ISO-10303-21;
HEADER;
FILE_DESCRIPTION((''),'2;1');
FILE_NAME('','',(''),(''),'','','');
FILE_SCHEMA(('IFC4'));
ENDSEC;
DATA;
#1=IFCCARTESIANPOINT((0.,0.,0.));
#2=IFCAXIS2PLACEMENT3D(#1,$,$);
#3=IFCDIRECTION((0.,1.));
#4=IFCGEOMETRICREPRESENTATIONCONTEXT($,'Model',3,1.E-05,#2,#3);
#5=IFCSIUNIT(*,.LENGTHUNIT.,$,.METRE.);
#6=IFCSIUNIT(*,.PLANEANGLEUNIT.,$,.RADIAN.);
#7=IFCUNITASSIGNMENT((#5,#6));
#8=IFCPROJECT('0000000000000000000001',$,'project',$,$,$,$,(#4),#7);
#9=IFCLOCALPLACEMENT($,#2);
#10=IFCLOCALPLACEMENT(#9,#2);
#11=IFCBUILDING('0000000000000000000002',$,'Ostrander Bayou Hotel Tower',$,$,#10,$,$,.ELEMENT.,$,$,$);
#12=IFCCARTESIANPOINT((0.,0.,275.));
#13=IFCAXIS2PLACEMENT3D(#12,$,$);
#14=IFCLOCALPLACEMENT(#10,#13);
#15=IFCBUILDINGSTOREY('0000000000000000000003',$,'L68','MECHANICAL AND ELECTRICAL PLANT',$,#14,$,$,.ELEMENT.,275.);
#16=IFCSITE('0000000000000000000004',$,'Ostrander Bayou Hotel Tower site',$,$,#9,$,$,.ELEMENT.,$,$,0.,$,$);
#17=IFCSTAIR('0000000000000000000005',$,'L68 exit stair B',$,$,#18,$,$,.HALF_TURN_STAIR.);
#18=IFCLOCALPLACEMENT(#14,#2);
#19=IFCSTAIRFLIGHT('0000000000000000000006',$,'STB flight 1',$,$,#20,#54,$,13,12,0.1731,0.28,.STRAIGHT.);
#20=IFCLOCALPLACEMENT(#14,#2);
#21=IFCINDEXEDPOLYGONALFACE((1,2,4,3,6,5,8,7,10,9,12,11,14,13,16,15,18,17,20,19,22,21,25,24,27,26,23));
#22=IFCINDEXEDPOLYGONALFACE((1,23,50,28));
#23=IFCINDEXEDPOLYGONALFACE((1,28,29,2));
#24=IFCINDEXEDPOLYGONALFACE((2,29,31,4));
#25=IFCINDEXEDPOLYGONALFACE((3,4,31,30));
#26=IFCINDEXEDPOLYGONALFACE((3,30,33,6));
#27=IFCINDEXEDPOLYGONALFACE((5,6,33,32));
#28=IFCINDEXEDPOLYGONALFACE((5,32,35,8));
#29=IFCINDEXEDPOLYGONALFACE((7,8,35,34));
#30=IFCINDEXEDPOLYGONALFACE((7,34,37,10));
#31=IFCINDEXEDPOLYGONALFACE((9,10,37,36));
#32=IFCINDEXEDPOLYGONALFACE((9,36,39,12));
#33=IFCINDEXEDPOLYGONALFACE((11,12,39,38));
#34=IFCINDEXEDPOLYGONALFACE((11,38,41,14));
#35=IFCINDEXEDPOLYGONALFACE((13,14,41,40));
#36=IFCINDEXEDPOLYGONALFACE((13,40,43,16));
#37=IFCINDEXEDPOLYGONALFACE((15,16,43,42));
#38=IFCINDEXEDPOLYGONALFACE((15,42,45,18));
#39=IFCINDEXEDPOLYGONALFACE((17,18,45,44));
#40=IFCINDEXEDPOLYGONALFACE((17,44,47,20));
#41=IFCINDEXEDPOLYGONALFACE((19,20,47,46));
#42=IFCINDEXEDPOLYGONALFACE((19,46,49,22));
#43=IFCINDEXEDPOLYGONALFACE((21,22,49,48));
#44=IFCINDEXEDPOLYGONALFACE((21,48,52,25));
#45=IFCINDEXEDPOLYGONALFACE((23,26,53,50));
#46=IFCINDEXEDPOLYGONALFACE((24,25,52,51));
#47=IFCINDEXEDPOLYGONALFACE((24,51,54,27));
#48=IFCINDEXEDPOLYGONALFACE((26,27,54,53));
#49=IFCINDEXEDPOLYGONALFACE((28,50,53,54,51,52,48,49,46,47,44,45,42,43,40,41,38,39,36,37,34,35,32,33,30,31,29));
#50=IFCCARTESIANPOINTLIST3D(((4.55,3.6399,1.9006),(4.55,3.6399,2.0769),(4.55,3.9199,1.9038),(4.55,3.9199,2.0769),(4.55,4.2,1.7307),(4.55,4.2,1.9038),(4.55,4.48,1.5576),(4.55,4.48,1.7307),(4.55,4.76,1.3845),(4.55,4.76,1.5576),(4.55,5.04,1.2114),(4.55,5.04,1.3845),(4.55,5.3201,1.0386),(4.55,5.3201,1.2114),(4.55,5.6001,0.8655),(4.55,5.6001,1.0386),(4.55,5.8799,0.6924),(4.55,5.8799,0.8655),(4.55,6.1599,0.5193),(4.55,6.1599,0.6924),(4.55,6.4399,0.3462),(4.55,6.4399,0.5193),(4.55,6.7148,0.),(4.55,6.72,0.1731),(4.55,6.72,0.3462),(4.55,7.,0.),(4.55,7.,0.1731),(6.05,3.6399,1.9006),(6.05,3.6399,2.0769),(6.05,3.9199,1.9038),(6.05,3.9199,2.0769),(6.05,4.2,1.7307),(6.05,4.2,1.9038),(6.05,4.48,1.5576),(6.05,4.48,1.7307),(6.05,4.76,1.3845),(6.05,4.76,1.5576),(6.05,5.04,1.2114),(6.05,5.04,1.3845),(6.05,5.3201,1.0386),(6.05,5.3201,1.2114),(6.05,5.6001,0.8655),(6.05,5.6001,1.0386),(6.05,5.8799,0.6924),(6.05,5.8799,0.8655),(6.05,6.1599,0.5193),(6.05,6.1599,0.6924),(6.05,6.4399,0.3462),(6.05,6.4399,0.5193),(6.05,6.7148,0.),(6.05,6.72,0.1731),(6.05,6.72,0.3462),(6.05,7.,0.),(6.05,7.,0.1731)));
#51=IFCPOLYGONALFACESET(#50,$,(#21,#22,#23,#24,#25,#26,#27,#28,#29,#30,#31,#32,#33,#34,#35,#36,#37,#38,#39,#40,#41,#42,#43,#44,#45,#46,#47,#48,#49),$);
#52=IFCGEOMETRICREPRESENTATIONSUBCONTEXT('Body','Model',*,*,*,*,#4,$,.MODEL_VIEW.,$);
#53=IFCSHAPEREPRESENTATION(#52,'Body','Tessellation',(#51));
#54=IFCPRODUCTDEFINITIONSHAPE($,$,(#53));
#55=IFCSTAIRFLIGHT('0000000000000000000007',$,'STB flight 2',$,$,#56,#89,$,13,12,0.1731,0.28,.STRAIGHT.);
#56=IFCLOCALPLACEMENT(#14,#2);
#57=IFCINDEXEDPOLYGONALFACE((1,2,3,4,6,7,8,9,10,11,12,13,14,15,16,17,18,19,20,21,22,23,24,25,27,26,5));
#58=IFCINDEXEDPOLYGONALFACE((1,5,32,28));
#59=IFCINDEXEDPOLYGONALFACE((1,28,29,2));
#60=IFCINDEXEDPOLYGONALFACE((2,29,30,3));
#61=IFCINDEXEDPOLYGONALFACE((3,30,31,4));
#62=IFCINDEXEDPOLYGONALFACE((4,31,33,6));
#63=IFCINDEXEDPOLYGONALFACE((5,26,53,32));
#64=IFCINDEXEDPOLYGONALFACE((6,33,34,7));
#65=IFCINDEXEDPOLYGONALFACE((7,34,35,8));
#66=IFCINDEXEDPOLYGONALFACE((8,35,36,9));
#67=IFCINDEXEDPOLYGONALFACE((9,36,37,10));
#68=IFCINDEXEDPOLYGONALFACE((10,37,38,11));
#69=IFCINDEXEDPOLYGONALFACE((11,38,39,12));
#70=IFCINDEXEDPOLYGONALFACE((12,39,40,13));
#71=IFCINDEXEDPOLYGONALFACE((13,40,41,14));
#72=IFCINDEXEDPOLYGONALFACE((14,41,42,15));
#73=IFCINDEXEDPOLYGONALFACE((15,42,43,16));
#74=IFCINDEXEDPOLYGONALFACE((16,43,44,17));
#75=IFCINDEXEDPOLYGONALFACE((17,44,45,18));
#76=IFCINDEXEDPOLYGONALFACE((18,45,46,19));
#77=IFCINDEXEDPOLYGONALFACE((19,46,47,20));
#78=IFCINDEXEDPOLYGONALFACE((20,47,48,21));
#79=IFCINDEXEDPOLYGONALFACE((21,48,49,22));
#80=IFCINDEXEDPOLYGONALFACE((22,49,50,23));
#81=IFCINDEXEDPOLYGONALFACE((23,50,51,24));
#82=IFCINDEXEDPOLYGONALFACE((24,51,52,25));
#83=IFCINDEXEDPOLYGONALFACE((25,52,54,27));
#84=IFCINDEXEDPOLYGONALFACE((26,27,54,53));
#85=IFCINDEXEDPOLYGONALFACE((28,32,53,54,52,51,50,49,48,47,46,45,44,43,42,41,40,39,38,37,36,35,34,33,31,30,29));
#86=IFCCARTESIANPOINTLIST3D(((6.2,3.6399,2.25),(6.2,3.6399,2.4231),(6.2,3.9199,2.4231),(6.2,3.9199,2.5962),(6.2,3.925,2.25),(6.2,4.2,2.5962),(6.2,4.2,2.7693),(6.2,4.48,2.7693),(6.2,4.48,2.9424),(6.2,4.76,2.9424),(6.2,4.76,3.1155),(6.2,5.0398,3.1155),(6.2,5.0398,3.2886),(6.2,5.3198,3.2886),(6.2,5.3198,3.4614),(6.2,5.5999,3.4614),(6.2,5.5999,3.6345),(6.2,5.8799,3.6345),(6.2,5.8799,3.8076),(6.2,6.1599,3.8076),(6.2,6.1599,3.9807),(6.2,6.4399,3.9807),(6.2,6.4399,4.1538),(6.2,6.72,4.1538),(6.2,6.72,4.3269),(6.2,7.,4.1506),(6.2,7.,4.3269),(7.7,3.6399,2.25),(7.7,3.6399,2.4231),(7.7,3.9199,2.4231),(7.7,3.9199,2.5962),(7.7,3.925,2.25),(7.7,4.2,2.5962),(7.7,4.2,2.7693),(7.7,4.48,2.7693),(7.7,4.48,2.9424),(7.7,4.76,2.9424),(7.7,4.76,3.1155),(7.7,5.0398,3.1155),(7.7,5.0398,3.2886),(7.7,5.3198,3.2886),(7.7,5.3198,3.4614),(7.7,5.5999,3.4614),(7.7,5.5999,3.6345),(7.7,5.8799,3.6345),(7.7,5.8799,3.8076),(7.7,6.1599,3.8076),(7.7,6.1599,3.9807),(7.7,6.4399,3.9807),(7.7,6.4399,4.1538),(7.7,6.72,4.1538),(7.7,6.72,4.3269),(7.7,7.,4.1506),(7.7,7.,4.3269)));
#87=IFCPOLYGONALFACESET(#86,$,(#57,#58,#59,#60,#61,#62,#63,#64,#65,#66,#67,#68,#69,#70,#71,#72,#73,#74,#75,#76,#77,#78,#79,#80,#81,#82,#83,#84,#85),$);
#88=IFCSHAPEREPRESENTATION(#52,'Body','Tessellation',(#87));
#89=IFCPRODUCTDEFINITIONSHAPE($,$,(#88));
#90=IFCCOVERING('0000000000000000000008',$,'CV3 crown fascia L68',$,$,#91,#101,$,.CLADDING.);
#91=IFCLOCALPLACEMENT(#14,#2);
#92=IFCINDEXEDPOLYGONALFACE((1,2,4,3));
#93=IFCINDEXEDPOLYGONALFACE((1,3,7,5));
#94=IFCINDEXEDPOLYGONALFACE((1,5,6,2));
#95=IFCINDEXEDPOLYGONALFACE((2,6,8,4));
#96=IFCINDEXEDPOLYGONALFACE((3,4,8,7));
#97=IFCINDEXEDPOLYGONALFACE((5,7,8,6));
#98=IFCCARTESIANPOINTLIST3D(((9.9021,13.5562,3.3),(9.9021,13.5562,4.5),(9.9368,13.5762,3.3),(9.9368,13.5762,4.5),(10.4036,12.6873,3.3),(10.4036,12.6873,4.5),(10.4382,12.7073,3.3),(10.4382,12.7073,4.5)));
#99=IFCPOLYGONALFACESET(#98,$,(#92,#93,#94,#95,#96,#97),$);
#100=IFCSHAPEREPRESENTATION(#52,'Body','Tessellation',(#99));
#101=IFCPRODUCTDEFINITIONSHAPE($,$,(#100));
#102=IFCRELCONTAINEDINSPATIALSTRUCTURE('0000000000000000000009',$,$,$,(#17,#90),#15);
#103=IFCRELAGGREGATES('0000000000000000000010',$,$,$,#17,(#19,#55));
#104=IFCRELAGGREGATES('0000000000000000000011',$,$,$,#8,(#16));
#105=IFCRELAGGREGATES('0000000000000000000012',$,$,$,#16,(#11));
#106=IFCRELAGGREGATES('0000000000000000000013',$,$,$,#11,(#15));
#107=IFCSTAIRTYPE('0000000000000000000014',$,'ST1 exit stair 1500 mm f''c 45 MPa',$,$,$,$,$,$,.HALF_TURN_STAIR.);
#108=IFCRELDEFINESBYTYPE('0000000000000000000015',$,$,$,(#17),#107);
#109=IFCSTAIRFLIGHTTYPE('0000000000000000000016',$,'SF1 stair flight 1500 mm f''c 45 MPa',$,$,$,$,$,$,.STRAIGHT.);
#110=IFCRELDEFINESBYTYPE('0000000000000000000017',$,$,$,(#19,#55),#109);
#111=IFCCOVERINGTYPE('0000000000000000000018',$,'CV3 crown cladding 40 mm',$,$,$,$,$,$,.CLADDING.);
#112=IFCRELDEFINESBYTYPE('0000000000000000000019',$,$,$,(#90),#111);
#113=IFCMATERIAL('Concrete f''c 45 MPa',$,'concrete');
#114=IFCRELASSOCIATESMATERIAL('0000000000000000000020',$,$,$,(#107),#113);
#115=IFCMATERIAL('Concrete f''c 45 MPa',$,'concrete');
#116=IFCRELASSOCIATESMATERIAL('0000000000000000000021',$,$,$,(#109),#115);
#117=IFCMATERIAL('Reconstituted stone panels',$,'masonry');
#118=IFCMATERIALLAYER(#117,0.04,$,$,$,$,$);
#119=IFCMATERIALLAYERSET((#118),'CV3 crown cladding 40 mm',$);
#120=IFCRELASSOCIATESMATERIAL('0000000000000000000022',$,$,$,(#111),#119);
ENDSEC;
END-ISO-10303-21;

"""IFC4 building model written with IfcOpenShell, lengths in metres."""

from ifc_helpers import new_model, si_unit, direction, frame, origin, place, context, subcontext, project, spatial, polyline, outline, extrude, material, layer, layer_set, type_object, element, aggregate, save


model = new_model("IFC4")

# Units and contexts
model_context = context("Model", 3, precision=1e-05, world=origin(), true_north=direction((0.0, 1.0)))
body_context = subcontext(model_context, "Body", "Model", "MODEL_VIEW")
ifc_project = project(units=[si_unit("LENGTHUNIT", "METRE"), si_unit("PLANEANGLEUNIT", "RADIAN")], contexts=[model_context])

# Site, building, storey
site_placement = place(None, origin())
site = spatial("IfcSite", under=ifc_project, at=site_placement, Name="Ostrander Bayou Hotel Tower site", CompositionType="ELEMENT", RefElevation=0.0)
building_placement = place(site_placement, origin())
building = spatial("IfcBuilding", under=site, at=building_placement, Name="Ostrander Bayou Hotel Tower", CompositionType="ELEMENT")
storey_placement = place(building_placement, frame((0.0, 0.0, 275.0)))
storey = spatial("IfcBuildingStorey", under=building, at=storey_placement, Name="L68", Description="MECHANICAL AND ELECTRICAL PLANT", CompositionType="ELEMENT", Elevation=275.0)

# Stair, stair flights
ifc_material_1 = material(Name="Concrete f'c 45 MPa", Category="concrete")
stair_type = type_object("IfcStairType", Name="ST1 exit stair 1500 mm f'c 45 MPa", PredefinedType="HALF_TURN_STAIR", material=ifc_material_1)
stair_placement = place(storey_placement, origin())
stair = element("IfcStair", 1, at=stair_placement, inside=storey, type_object=stair_type, Name="L68 exit stair B", PredefinedType="HALF_TURN_STAIR")
ifc_material_2 = material(Name="Concrete f'c 45 MPa", Category="concrete")
stair_flight_type = type_object("IfcStairFlightType", Name="SF1 stair flight 1500 mm f'c 45 MPa", PredefinedType="STRAIGHT", material=ifc_material_2)
stair_flight_1_placement = place(storey_placement, frame((5.3, 7.0, 0.0), z_axis=(0.0, 0.0, 1.0), x_axis=(0.0, -1.0, 0.0)))
stair_flight_1 = element("IfcStairFlight", 2, at=stair_flight_1_placement, type_object=stair_flight_type, Name="STB flight 1", NumberOfRisers=13, NumberOfTreads=12, PredefinedType="STRAIGHT", RiserHeight=0.1731, TreadLength=0.28, context=body_context, shape_type="SweptSolid", body=[
    extrude(outline(polyline([(0.0, 0.0), (0.0, 0.1731), (0.28, 0.1731), (0.28, 0.3462), (0.5601, 0.3462), (0.5601, 0.5193), (0.8401, 0.5193), (0.8401, 0.6924), (1.1201, 0.6924), (1.1201, 0.8655), (1.3999, 0.8655), (1.3999, 1.0386), (1.6799, 1.0386), (1.6799, 1.2114), (1.96, 1.2114), (1.96, 1.3845), (2.24, 1.3845), (2.24, 1.5576), (2.52, 1.5576), (2.52, 1.7307), (2.8, 1.7307), (2.8, 1.9038), (3.0801, 1.9038), (3.0801, 2.0769), (3.3601, 2.0769), (3.3601, 2.25), (3.3601, 1.9006), (0.2852, 0.0), (0.0, 0.0)])), frame((0.0, 0.75, 0.0), z_axis=(0.0, -1.0, 0.0), x_axis=(1.0, 0.0, 0.0)), (0.0, 0.0, 1.0), 1.5),
])
stair_flight_2_placement = place(storey_placement, frame((6.95, 3.6399, 2.25), z_axis=(0.0, 0.0, 1.0), x_axis=(0.0, 1.0, 0.0)))
stair_flight_2 = element("IfcStairFlight", 3, at=stair_flight_2_placement, type_object=stair_flight_type, Name="STB flight 2", NumberOfRisers=13, NumberOfTreads=12, PredefinedType="STRAIGHT", RiserHeight=0.1731, TreadLength=0.28, context=body_context, shape_type="SweptSolid", body=[
    extrude(outline(polyline([(0.0, 0.0), (0.0, 0.1731), (0.28, 0.1731), (0.28, 0.3462), (0.5601, 0.3462), (0.5601, 0.5193), (0.8401, 0.5193), (0.8401, 0.6924), (1.1201, 0.6924), (1.1201, 0.8655), (1.3999, 0.8655), (1.3999, 1.0386), (1.6799, 1.0386), (1.6799, 1.2114), (1.96, 1.2114), (1.96, 1.3845), (2.24, 1.3845), (2.24, 1.5576), (2.52, 1.5576), (2.52, 1.7307), (2.8, 1.7307), (2.8, 1.9038), (3.0801, 1.9038), (3.0801, 2.0769), (3.3601, 2.0769), (3.3601, 2.25), (3.3601, 1.9006), (0.2852, 0.0), (0.0, 0.0)])), frame((0.0, 0.75, 0.0), z_axis=(0.0, -1.0, 0.0), x_axis=(1.0, 0.0, 0.0)), (0.0, 0.0, 1.0), 1.5),
])
aggregate(stair, [stair_flight_1, stair_flight_2])

# Covering
ifc_material_3 = material(Name="Reconstituted stone panels", Category="masonry")
ifc_layer_1 = layer(ifc_material_3, 0.04)
ifc_layer_set_1 = layer_set([ifc_layer_1], Name="CV3 crown cladding 40 mm")
covering_type = type_object("IfcCoveringType", Name="CV3 crown cladding 40 mm", PredefinedType="CLADDING", material=ifc_layer_set_1)
covering_placement = place(storey_placement, frame((10.4382, 12.7073, 3.3), z_axis=(0.866109, 0.499856, 0.0), x_axis=(-0.499856, 0.866109, 0.0)))
element("IfcCovering", 4, at=covering_placement, inside=storey, type_object=covering_type, Name="CV3 crown fascia L68", PredefinedType="CLADDING", context=body_context, shape_type="SweptSolid", body=[
    extrude(outline(polyline([(0.0, 0.0), (1.0032, 0.0), (1.0032, 1.2), (0.0, 1.2), (0.0, 0.0)])), origin(), (0.0, 0.0, -1.0), 0.04),
])

save(model, "model.ifc")
